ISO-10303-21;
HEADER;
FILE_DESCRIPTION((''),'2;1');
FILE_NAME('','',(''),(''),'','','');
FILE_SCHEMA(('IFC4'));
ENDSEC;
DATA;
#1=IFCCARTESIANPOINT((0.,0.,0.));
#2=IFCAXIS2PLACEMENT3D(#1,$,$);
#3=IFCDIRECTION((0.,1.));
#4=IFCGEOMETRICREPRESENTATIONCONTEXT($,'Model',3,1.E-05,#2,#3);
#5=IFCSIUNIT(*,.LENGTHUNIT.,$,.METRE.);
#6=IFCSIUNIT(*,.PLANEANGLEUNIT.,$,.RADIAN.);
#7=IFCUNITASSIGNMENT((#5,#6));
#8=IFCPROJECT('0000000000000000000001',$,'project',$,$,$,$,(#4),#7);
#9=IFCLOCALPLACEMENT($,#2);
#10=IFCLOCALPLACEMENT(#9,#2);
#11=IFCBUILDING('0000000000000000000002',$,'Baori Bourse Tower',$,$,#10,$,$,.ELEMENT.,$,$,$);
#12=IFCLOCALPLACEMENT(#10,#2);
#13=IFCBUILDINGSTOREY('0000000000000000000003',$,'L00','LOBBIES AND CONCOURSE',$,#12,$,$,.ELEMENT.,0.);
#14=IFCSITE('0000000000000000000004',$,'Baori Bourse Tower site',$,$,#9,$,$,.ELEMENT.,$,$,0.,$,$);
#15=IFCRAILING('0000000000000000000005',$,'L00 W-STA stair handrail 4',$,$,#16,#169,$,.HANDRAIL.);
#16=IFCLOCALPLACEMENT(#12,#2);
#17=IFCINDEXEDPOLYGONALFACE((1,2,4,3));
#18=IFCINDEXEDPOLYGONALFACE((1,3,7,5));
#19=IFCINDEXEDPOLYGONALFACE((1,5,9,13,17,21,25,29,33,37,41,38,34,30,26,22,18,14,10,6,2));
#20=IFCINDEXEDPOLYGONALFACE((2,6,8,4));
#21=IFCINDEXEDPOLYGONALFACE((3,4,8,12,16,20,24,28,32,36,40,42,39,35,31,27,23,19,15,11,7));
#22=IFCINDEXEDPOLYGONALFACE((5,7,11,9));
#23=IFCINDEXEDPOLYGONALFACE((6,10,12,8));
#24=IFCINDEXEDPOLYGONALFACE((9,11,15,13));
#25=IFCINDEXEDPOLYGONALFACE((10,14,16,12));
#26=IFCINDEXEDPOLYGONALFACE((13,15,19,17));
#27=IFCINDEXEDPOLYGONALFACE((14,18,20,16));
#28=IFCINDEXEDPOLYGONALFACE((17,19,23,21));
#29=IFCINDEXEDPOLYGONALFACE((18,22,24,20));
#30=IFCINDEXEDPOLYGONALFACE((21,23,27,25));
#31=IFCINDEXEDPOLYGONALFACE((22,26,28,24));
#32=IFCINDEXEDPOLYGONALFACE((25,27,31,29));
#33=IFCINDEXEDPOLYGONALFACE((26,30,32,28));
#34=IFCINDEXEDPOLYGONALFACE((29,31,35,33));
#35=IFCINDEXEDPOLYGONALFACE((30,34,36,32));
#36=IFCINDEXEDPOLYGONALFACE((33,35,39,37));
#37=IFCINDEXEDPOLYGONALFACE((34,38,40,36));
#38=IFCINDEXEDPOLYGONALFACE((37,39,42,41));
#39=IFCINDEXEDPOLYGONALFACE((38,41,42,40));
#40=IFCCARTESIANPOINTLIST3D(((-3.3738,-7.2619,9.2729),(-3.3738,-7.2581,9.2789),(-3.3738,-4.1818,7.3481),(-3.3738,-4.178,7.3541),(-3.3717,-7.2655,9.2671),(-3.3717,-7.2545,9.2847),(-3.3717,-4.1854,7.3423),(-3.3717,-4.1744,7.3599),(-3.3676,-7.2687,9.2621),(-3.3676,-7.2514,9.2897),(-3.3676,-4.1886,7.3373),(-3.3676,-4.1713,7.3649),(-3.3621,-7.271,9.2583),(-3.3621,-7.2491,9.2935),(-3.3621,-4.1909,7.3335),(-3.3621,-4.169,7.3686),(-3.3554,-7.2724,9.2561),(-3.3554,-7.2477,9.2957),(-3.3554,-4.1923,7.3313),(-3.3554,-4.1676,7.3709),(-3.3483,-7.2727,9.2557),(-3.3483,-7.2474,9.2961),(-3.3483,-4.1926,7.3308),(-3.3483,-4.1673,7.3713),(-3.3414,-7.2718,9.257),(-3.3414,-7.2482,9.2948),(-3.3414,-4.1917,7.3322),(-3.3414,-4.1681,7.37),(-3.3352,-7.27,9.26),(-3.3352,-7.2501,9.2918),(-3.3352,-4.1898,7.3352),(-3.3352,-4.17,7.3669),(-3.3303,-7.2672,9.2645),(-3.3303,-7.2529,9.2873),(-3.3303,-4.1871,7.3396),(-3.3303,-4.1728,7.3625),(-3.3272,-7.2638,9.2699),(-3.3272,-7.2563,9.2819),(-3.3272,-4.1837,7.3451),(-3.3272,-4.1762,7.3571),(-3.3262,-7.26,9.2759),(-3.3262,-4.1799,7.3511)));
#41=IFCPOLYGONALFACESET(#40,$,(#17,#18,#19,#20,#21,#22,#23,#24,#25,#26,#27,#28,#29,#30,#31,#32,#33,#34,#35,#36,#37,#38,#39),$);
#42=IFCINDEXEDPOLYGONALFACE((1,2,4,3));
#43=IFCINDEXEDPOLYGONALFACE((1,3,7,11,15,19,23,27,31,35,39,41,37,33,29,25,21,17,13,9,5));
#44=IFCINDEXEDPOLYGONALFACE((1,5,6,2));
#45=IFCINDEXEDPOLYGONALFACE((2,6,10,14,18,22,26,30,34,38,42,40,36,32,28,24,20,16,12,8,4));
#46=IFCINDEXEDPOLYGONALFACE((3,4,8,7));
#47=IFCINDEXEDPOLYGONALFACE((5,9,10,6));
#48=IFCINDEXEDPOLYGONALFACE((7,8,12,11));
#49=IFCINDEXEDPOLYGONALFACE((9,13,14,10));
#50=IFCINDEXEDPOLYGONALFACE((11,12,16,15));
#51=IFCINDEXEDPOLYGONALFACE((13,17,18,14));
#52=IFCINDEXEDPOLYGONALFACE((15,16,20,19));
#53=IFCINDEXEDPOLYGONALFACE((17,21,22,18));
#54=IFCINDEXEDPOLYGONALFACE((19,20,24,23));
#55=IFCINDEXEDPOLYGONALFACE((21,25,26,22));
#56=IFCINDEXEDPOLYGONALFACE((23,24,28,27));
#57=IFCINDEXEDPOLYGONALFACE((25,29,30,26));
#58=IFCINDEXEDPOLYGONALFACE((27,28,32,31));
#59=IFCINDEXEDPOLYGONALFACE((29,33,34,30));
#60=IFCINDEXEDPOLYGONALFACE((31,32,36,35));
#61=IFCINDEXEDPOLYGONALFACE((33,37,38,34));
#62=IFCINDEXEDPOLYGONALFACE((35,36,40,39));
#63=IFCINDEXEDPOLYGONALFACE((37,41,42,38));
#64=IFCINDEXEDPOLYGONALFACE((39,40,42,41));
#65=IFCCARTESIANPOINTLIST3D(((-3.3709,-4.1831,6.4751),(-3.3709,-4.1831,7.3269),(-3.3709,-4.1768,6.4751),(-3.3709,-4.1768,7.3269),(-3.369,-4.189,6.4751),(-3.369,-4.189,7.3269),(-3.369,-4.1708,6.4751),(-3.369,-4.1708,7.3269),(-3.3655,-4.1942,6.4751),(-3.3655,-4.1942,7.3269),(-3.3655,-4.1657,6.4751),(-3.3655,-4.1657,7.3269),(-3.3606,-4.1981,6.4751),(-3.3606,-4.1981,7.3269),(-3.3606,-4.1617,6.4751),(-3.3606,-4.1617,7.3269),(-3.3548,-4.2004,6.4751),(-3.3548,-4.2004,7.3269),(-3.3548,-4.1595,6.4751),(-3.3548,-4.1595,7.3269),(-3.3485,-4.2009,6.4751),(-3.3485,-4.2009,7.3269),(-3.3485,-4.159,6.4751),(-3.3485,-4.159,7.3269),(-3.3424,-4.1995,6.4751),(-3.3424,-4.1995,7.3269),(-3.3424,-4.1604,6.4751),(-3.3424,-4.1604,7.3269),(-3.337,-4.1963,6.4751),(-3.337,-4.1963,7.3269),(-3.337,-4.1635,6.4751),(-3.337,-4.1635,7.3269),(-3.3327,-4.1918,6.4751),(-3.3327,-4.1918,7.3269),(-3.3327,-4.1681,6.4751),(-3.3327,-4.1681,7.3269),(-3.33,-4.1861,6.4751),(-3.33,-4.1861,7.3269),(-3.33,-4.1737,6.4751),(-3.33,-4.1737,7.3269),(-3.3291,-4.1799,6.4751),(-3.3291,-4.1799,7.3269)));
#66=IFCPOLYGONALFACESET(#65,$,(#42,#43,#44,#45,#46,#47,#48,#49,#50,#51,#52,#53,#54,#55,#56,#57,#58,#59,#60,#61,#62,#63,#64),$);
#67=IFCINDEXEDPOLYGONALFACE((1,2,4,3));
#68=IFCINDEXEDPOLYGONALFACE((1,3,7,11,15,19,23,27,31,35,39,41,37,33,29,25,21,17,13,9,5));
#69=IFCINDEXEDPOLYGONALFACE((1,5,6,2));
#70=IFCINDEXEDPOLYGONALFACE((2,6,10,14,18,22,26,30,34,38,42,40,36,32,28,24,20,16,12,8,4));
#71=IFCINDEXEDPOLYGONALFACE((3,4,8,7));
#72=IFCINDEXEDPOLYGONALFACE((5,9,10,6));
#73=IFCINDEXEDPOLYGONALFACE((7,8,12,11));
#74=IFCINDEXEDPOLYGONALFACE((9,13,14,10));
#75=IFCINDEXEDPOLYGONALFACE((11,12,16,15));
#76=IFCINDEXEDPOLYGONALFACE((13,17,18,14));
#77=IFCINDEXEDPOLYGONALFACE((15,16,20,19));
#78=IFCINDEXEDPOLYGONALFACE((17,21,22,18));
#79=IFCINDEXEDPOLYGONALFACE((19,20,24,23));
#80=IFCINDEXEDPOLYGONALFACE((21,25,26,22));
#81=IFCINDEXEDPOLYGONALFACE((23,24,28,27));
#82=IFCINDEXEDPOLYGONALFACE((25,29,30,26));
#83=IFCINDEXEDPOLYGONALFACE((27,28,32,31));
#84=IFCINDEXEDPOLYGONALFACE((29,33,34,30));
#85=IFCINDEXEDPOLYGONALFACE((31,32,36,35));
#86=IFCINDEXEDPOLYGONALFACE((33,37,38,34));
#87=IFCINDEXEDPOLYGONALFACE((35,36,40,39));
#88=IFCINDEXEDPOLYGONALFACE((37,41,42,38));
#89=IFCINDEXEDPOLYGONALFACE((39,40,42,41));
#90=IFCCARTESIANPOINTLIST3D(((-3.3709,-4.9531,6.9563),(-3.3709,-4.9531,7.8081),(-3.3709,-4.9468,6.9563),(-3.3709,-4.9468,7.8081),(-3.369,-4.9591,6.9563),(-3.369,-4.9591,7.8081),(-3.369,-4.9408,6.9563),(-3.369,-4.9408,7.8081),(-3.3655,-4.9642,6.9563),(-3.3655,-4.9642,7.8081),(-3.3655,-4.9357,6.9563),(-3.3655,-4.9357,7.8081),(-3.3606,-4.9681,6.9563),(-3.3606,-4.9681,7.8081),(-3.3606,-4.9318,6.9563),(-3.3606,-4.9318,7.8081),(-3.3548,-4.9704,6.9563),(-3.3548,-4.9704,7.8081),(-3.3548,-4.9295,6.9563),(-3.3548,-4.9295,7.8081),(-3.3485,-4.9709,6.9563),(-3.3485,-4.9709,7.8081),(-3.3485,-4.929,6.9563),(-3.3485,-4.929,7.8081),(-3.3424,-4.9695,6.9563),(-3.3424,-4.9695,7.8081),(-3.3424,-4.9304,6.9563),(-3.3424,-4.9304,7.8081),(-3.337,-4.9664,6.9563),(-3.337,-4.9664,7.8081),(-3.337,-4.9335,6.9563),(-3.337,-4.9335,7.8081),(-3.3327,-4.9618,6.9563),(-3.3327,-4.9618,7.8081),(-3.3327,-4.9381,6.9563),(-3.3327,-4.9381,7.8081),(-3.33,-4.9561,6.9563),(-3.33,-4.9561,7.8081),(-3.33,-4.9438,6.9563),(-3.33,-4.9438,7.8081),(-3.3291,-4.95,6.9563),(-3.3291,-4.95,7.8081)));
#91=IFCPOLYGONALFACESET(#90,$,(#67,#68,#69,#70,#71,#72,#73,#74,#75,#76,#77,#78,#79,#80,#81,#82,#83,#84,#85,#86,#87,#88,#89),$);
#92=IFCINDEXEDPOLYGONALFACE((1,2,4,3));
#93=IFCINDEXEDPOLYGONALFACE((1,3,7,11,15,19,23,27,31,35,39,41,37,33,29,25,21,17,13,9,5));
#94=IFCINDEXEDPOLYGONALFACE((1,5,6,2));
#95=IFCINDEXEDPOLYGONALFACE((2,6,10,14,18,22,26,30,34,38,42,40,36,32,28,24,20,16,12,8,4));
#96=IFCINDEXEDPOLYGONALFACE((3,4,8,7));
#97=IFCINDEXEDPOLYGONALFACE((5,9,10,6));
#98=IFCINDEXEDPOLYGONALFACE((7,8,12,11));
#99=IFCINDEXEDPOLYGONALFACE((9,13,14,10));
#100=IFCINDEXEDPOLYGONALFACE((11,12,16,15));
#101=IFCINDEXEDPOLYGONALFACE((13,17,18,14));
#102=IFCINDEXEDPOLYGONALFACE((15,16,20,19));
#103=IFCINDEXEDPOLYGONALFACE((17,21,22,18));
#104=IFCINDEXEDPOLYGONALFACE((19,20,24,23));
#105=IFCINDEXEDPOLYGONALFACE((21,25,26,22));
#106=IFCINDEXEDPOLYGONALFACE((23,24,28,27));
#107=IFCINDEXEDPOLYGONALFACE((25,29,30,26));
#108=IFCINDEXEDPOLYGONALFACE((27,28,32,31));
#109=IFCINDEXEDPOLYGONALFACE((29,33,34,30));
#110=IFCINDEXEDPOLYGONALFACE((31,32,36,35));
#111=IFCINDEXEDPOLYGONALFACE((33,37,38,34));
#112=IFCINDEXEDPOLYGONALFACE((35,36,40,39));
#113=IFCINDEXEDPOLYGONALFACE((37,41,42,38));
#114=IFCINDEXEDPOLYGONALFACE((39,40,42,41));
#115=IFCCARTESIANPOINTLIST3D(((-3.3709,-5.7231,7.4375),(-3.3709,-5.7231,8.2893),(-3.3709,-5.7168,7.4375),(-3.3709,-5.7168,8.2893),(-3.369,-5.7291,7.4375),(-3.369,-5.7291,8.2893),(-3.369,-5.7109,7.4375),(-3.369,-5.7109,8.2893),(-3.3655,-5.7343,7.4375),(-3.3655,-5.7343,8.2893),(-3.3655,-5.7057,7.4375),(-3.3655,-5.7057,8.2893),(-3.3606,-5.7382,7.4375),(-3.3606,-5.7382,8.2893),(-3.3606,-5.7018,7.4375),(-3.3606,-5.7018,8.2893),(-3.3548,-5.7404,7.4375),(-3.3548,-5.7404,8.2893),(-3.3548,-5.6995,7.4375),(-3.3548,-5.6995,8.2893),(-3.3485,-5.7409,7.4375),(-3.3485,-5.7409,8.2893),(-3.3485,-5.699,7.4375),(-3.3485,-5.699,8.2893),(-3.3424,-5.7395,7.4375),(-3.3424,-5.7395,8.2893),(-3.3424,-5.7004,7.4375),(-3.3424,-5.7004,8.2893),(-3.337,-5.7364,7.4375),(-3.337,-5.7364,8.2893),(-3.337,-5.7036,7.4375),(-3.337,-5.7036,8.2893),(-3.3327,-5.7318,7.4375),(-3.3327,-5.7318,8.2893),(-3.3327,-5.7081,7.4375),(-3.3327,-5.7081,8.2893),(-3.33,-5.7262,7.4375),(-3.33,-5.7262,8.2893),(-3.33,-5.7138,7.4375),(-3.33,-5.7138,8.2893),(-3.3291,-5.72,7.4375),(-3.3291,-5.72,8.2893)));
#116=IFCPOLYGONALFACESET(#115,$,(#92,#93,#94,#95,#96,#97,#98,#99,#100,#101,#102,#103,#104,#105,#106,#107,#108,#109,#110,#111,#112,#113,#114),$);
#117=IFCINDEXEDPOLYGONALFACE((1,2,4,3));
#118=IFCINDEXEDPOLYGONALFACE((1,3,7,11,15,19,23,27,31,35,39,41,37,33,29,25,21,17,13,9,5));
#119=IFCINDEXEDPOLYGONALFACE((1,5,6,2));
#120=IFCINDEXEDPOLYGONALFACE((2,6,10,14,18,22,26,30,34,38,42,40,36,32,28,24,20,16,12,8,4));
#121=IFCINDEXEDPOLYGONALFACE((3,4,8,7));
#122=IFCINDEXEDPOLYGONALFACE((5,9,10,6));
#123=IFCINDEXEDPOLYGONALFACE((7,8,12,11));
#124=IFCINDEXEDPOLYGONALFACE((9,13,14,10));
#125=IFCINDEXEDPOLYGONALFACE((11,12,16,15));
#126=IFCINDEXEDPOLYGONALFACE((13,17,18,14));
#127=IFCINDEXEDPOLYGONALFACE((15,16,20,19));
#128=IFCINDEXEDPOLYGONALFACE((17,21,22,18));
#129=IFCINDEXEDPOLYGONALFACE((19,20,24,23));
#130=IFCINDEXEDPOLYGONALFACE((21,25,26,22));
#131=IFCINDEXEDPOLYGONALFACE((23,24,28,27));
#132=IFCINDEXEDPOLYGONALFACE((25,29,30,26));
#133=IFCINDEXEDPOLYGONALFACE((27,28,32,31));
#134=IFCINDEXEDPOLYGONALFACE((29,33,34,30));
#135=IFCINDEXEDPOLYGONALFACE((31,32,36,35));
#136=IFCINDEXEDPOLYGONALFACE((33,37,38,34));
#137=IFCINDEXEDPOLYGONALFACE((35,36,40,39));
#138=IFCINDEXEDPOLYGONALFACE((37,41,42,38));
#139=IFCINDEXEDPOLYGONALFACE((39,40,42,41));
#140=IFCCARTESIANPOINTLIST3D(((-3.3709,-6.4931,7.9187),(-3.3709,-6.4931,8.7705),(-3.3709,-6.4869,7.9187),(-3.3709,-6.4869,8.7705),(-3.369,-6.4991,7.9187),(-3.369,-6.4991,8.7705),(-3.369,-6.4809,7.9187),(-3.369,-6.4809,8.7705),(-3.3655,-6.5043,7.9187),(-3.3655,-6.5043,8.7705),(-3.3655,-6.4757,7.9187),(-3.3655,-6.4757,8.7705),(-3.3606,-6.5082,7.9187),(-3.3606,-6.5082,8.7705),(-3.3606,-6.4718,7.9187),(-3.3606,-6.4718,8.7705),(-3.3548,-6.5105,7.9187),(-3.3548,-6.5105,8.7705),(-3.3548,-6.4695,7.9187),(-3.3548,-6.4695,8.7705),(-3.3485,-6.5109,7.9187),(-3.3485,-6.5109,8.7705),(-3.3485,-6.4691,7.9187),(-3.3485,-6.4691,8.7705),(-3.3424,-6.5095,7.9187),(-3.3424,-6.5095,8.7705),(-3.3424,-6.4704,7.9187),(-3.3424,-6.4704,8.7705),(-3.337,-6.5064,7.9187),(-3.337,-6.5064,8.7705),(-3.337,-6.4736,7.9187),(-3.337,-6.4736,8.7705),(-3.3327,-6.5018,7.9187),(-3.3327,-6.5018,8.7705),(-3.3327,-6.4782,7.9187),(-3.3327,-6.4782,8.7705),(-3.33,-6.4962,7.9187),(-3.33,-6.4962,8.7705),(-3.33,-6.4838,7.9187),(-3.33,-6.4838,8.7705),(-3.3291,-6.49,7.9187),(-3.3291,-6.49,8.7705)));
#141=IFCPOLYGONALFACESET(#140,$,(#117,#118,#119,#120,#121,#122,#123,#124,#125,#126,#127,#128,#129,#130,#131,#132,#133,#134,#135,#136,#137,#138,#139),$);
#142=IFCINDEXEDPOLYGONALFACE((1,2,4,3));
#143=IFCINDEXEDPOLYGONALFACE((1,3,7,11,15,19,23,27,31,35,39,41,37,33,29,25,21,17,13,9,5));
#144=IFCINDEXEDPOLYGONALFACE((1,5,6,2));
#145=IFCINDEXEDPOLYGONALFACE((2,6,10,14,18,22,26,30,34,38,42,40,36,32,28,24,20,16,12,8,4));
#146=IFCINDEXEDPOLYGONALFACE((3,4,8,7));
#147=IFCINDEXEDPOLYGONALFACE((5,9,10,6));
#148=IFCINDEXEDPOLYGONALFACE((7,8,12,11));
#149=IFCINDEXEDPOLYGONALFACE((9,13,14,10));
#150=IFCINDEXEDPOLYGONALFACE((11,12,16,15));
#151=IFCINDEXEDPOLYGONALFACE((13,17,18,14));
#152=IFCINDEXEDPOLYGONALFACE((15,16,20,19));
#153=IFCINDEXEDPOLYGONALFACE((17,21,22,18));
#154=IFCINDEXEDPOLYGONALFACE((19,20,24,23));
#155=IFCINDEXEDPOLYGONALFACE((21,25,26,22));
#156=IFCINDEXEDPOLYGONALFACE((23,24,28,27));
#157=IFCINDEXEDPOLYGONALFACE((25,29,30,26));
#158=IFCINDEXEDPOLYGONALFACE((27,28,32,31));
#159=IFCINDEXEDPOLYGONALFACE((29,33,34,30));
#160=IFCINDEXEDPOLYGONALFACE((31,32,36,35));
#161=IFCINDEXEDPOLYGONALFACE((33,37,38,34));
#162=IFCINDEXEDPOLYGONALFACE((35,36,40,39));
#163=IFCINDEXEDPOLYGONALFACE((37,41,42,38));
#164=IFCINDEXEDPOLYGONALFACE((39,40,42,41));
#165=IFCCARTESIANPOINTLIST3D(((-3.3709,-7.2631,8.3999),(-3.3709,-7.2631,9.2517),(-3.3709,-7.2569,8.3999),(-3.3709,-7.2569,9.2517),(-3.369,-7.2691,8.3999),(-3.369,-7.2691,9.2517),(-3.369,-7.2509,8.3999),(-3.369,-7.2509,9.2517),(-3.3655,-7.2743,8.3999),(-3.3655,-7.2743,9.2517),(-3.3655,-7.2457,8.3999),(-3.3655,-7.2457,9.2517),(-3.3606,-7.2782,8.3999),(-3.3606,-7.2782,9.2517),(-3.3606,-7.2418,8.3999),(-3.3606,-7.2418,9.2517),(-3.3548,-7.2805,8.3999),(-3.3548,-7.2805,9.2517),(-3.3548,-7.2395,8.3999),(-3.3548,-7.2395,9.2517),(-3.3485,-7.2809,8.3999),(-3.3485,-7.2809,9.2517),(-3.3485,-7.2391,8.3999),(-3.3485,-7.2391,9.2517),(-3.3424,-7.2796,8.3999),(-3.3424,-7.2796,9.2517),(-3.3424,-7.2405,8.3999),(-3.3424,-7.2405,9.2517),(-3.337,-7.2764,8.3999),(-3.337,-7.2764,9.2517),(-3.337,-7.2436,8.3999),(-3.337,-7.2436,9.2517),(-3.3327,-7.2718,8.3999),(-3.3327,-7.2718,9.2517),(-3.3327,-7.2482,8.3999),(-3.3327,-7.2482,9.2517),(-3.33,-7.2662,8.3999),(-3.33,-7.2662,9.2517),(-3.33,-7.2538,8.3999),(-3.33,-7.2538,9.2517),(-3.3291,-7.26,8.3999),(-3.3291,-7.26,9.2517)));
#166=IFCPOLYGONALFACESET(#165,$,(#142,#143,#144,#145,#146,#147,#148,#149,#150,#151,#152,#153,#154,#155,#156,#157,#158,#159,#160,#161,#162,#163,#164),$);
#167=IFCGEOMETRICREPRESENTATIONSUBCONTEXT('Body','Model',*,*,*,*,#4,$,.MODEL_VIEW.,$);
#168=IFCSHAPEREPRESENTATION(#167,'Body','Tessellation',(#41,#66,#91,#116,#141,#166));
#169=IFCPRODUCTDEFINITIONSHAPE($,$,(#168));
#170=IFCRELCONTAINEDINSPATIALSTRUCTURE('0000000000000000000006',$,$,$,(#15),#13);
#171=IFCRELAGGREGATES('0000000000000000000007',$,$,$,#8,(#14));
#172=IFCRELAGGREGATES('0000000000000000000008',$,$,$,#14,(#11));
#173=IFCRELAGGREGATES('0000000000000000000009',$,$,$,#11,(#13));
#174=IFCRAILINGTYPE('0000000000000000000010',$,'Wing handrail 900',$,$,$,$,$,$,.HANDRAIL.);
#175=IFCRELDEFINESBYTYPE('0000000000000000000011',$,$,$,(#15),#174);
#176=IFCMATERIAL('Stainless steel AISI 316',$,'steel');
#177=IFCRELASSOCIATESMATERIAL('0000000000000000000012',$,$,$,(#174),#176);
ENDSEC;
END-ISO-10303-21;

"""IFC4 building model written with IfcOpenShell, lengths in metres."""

from ifc_helpers import new_model, si_unit, direction, frame, origin, origin_2d, place, context, subcontext, project, spatial, circle, extrude, material, type_object, element, save


model = new_model("IFC4")

# Units and contexts
model_context = context("Model", 3, precision=1e-05, world=origin(), true_north=direction((0.0, 1.0)))
body_context = subcontext(model_context, "Body", "Model", "MODEL_VIEW")
ifc_project = project(units=[si_unit("LENGTHUNIT", "METRE"), si_unit("PLANEANGLEUNIT", "RADIAN")], contexts=[model_context])

# Site, building, storey
site_placement = place(None, origin())
site = spatial("IfcSite", under=ifc_project, at=site_placement, Name="Baori Bourse Tower site", CompositionType="ELEMENT", RefElevation=0.0)
building_placement = place(site_placement, origin())
building = spatial("IfcBuilding", under=site, at=building_placement, Name="Baori Bourse Tower", CompositionType="ELEMENT")
storey_placement = place(building_placement, origin())
storey = spatial("IfcBuildingStorey", under=building, at=storey_placement, Name="L00", Description="LOBBIES AND CONCOURSE", CompositionType="ELEMENT", Elevation=0.0)

# Railing
ifc_material_1 = material(Name="Stainless steel AISI 316", Category="steel")
railing_type_1 = type_object("IfcRailingType", Name="Wing handrail 900", PredefinedType="HANDRAIL", material=ifc_material_1)
railing_1_placement = place(storey_placement, frame((-3.3501, -4.1799, 6.4751)))
element("IfcRailing", 1, at=railing_1_placement, inside=storey, type_object=railing_type_1, Name="L00 W-STA stair handrail 4", PredefinedType="HANDRAIL", context=body_context, shape_type="SweptSolid", body=[
    extrude(circle(Radius=0.0239, at=origin_2d()), frame((0.0, 0.0, 0.876), z_axis=(0.0, -0.848029, 0.529951), x_axis=(1.0, 0.0, 0.0)), (0.0, 0.0, 1.0), 3.6321),
    extrude(circle(Radius=0.021, at=origin_2d()), origin(), (0.0, 0.0, 1.0), 0.8518),
    extrude(circle(Radius=0.021, at=origin_2d()), frame((0.0, -0.77, 0.4812)), (0.0, 0.0, 1.0), 0.8518),
    extrude(circle(Radius=0.021, at=origin_2d()), frame((0.0, -1.54, 0.9624)), (0.0, 0.0, 1.0), 0.8518),
    extrude(circle(Radius=0.021, at=origin_2d()), frame((0.0, -2.3101, 1.4436)), (0.0, 0.0, 1.0), 0.8518),
    extrude(circle(Radius=0.021, at=origin_2d()), frame((0.0, -3.0801, 1.9248)), (0.0, 0.0, 1.0), 0.8518),
])

save(model, "model.ifc")
